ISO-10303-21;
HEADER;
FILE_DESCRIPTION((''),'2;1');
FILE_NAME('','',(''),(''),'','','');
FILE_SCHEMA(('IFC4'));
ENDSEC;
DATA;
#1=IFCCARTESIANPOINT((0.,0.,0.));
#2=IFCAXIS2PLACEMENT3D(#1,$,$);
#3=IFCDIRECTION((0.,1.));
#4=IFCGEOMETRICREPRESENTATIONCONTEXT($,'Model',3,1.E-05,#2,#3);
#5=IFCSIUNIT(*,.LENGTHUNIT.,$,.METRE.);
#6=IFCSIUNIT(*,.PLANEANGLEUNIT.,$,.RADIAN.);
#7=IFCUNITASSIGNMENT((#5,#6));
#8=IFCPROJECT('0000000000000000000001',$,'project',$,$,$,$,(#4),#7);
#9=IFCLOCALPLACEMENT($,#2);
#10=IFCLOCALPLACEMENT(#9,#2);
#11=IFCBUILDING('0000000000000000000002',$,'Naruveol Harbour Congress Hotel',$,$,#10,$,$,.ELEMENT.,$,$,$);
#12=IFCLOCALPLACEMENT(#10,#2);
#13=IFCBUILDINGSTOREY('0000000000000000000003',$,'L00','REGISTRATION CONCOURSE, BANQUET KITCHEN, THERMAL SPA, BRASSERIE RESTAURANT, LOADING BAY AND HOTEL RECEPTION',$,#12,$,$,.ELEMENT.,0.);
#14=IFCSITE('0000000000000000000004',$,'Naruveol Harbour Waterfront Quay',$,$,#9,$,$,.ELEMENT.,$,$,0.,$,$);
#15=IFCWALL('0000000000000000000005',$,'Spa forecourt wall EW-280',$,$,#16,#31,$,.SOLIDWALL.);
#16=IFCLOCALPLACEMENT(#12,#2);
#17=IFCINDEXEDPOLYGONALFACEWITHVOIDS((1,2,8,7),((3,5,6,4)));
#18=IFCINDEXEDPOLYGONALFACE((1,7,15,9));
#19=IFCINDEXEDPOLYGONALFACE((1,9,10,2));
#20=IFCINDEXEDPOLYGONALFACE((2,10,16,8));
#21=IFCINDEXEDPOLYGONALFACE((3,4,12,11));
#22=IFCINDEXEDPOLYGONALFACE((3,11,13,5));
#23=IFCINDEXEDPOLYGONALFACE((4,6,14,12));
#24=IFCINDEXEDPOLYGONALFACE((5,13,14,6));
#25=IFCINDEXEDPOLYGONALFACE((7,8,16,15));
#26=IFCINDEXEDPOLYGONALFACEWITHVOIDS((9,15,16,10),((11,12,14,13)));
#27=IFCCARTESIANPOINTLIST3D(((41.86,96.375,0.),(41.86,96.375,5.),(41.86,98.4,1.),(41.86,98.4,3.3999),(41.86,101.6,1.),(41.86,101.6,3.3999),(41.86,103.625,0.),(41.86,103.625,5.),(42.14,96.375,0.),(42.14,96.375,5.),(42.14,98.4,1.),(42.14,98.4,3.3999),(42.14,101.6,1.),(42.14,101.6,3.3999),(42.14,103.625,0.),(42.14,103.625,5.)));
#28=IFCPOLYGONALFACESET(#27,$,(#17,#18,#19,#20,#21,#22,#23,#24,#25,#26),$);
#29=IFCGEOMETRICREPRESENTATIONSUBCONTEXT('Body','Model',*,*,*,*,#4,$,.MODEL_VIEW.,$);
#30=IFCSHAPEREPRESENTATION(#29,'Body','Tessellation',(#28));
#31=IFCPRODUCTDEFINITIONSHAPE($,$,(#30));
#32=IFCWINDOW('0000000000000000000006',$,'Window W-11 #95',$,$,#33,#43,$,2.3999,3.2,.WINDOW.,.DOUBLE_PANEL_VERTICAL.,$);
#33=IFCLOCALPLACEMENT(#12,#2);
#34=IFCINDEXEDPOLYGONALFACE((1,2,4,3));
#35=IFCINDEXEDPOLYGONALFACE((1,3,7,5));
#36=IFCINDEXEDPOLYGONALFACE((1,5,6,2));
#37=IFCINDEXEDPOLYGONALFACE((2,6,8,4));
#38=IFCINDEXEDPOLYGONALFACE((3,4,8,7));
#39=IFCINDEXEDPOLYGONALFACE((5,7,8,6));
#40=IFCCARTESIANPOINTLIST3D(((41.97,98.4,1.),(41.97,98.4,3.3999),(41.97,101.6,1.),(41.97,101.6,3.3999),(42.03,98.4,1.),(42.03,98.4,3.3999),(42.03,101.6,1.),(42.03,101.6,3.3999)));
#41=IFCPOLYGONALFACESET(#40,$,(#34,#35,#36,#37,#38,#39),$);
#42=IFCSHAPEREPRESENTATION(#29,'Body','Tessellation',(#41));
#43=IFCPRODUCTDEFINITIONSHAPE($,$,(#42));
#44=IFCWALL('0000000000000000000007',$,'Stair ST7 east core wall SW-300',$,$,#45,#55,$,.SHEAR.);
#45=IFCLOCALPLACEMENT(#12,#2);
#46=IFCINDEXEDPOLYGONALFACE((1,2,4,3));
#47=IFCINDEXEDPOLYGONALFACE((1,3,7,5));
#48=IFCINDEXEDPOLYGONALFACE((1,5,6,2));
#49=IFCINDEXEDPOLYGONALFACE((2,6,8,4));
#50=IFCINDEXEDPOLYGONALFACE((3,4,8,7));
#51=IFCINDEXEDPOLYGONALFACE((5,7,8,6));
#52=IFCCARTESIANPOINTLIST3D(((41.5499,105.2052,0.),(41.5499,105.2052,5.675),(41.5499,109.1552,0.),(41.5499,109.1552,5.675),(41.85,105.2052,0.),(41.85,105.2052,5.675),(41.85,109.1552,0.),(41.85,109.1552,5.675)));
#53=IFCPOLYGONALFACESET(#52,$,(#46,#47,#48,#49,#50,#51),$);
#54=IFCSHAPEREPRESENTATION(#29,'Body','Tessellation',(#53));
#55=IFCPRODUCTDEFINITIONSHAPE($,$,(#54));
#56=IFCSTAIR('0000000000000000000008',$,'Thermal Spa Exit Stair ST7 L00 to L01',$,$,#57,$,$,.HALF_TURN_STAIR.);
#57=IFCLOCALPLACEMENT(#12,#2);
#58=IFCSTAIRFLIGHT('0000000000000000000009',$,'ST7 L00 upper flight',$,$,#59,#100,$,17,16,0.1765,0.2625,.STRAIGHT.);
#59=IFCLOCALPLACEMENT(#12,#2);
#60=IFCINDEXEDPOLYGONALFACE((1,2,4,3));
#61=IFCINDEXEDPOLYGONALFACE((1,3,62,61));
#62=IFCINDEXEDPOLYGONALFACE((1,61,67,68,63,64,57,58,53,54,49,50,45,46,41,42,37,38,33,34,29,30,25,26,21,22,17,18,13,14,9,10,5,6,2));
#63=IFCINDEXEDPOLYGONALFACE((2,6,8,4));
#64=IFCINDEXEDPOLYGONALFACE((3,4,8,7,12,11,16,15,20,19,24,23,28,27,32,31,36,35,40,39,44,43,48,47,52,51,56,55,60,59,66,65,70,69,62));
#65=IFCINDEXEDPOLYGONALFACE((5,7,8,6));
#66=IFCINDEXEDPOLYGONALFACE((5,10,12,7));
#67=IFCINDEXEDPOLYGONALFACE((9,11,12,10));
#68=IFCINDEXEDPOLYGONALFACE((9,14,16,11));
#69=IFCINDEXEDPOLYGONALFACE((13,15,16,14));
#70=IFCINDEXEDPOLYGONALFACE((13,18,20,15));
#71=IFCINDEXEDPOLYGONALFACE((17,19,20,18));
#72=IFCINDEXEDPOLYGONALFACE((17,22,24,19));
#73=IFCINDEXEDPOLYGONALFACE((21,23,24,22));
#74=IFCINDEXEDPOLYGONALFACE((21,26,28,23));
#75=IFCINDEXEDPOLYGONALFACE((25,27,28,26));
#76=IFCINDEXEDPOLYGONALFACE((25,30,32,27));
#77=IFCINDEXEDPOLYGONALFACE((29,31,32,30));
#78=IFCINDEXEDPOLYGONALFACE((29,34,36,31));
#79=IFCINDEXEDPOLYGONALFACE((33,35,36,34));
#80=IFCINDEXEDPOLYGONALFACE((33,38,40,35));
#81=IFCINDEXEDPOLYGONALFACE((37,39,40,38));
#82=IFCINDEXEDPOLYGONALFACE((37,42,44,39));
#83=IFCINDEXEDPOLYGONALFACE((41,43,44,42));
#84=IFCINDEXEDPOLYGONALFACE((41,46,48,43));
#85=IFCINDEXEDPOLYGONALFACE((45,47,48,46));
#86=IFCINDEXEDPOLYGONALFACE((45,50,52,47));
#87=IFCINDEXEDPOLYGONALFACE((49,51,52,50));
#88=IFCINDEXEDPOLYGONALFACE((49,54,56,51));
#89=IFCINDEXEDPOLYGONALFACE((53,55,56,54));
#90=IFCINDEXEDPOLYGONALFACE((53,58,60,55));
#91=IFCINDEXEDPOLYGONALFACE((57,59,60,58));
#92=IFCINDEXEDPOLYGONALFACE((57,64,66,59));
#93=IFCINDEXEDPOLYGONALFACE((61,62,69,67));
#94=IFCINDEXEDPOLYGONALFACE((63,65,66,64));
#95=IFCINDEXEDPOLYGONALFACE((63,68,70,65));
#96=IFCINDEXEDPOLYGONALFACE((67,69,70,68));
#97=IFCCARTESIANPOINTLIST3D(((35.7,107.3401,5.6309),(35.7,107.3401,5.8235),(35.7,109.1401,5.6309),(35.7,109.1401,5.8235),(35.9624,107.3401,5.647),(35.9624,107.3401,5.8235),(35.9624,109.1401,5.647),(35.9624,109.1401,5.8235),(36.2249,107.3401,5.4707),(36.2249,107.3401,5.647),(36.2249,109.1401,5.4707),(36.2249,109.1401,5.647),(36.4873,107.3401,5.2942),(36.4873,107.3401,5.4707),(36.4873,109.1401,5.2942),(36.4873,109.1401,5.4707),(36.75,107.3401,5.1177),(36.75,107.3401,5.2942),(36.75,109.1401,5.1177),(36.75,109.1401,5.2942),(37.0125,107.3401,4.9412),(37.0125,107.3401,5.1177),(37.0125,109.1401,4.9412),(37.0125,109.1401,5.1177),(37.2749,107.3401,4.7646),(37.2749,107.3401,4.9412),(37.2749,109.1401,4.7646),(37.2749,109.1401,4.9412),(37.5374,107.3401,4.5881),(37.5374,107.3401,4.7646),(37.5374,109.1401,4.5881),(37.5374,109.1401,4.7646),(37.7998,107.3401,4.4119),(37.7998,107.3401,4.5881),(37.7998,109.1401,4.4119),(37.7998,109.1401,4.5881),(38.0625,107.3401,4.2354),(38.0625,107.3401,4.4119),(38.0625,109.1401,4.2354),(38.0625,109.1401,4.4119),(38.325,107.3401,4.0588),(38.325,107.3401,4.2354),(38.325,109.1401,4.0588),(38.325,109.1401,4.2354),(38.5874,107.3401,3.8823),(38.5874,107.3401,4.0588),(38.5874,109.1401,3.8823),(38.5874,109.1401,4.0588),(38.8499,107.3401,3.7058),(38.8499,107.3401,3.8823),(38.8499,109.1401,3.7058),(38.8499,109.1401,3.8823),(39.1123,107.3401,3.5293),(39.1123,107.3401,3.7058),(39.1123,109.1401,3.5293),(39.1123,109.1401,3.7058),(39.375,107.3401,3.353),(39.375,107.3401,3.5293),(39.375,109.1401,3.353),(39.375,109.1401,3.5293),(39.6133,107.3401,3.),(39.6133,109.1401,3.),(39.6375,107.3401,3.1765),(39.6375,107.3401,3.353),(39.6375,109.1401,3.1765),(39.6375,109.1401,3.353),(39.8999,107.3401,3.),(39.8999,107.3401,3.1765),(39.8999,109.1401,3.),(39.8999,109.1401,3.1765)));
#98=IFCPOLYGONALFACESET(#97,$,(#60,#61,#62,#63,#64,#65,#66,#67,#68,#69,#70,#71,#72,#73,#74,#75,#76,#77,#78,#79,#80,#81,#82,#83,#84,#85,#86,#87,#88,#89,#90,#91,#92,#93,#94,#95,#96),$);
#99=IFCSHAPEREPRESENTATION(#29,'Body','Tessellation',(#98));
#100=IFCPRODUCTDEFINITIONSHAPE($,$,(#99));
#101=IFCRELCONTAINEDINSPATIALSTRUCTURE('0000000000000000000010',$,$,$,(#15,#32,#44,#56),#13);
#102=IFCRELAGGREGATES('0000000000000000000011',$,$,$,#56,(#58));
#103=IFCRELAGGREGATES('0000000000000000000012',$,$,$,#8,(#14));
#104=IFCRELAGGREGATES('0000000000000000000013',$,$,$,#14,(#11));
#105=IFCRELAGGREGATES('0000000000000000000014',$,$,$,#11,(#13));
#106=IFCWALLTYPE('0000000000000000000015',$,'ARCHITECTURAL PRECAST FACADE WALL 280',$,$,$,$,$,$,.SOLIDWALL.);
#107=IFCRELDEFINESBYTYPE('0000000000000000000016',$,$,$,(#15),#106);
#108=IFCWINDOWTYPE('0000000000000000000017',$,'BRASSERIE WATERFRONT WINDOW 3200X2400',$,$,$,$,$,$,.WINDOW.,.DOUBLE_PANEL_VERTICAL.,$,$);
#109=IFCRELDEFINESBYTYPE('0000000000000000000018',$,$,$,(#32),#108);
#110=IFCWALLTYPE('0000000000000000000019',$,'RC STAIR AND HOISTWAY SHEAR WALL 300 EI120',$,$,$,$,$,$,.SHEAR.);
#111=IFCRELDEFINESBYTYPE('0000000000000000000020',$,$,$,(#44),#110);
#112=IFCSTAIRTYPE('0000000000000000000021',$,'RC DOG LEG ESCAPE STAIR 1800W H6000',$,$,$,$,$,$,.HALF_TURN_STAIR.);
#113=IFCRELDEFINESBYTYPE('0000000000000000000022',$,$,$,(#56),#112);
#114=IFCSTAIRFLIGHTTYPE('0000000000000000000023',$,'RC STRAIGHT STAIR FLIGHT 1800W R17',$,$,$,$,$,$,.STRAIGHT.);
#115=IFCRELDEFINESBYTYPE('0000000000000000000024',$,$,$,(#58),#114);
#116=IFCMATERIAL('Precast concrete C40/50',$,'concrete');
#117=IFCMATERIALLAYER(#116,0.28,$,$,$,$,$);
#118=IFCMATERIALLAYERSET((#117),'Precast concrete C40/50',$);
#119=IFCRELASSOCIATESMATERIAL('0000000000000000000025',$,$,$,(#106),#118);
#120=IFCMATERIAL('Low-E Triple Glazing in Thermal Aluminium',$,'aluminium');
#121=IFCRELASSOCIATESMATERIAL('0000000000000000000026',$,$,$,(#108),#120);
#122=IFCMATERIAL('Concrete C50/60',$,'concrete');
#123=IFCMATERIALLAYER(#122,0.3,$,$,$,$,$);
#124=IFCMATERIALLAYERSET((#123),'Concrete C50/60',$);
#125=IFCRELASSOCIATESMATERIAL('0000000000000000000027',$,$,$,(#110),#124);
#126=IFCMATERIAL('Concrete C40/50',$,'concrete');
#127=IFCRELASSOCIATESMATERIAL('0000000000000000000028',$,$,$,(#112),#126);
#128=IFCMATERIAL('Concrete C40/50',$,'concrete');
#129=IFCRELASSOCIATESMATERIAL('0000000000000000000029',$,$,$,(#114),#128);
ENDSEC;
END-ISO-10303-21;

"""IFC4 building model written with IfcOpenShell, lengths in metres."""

from ifc_helpers import new_model, si_unit, direction, frame, frame_2d, origin, place, context, subcontext, project, spatial, polyline, rectangle, outline, extrude, material, layer, layer_set, type_object, element, fill, aggregate, save


model = new_model("IFC4")

# Units and contexts
model_context = context("Model", 3, precision=1e-05, world=origin(), true_north=direction((0.0, 1.0)))
body_context = subcontext(model_context, "Body", "Model", "MODEL_VIEW")
ifc_project = project(units=[si_unit("LENGTHUNIT", "METRE"), si_unit("PLANEANGLEUNIT", "RADIAN")], contexts=[model_context])

# Site, building, storey
site_placement = place(None, origin())
site = spatial("IfcSite", under=ifc_project, at=site_placement, Name="Naruveol Harbour Waterfront Quay", CompositionType="ELEMENT", RefElevation=0.0)
building_placement = place(site_placement, origin())
building = spatial("IfcBuilding", under=site, at=building_placement, Name="Naruveol Harbour Congress Hotel", CompositionType="ELEMENT")
storey_placement = place(building_placement, origin())
storey = spatial("IfcBuildingStorey", under=building, at=storey_placement, Name="L00", Description="REGISTRATION CONCOURSE, BANQUET KITCHEN, THERMAL SPA, BRASSERIE RESTAURANT, LOADING BAY AND HOTEL RECEPTION", CompositionType="ELEMENT", Elevation=0.0)

# Wall, opening, window
ifc_material_1 = material(Name="Precast concrete C40/50", Category="concrete")
ifc_layer_1 = layer(ifc_material_1, 0.28)
ifc_layer_set_1 = layer_set([ifc_layer_1], Name="Precast concrete C40/50")
wall_type_1 = type_object("IfcWallType", Name="ARCHITECTURAL PRECAST FACADE WALL 280", PredefinedType="SOLIDWALL", material=ifc_layer_set_1)
wall_1_placement = place(storey_placement, frame((42.0, 103.625, 0.0), z_axis=(0.0, 0.0, 1.0), x_axis=(0.0, -1.0, 0.0)))
wall_1 = element("IfcWall", 1, at=wall_1_placement, inside=storey, type_object=wall_type_1, Name="Spa forecourt wall EW-280", PredefinedType="SOLIDWALL", context=body_context, shape_type="SweptSolid", body=[
    extrude(rectangle(XDim=7.25, YDim=0.28, at=frame_2d((3.625, 0.0))), origin(), (0.0, 0.0, 1.0), 5.0),
])
opening_1_placement = place(wall_1_placement, frame((2.0249, 0.0, 1.0)))
opening_1 = element("IfcOpeningElement", 2, at=opening_1_placement, cuts=wall_1, PredefinedType="OPENING", context=body_context, shape_type="SweptSolid", body=[
    extrude(rectangle(XDim=3.2, YDim=2.3999, at=frame_2d((1.6001, 1.2))), frame((0.0, 0.1499, 0.0), z_axis=(0.0, -1.0, 0.0), x_axis=(1.0, 0.0, 0.0)), (0.0, 0.0, 1.0), 0.3),
])
ifc_material_2 = material(Name="Low-E Triple Glazing in Thermal Aluminium", Category="aluminium")
window_type_1 = type_object("IfcWindowType", Name="BRASSERIE WATERFRONT WINDOW 3200X2400", PartitioningType="DOUBLE_PANEL_VERTICAL", PredefinedType="WINDOW", material=ifc_material_2)
window_1_placement = place(opening_1_placement, origin())
window_1 = element("IfcWindow", 3, at=window_1_placement, inside=storey, type_object=window_type_1, Name="Window W-11 #95", OverallHeight=2.3999, OverallWidth=3.2, PartitioningType="DOUBLE_PANEL_VERTICAL", PredefinedType="WINDOW", context=body_context, shape_type="SweptSolid", body=[
    extrude(rectangle(XDim=3.2, YDim=2.3999, at=frame_2d((1.6001, 1.2))), frame((0.0, 0.03, 0.0), z_axis=(0.0, -1.0, 0.0), x_axis=(1.0, 0.0, 0.0)), (0.0, 0.0, 1.0), 0.0601),
])
fill(opening_1, window_1)

# Wall
ifc_material_3 = material(Name="Concrete C50/60", Category="concrete")
ifc_layer_2 = layer(ifc_material_3, 0.3)
ifc_layer_set_2 = layer_set([ifc_layer_2], Name="Concrete C50/60")
wall_type_2 = type_object("IfcWallType", Name="RC STAIR AND HOISTWAY SHEAR WALL 300 EI120", PredefinedType="SHEAR", material=ifc_layer_set_2)
wall_2_placement = place(storey_placement, frame((41.7, 105.2051, 0.0), z_axis=(0.0, 0.0, 1.0), x_axis=(0.0, 1.0, 0.0)))
element("IfcWall", 4, at=wall_2_placement, inside=storey, type_object=wall_type_2, Name="Stair ST7 east core wall SW-300", PredefinedType="SHEAR", context=body_context, shape_type="SweptSolid", body=[
    extrude(rectangle(XDim=3.95, YDim=0.3, at=frame_2d((1.9751, 0.0))), origin(), (0.0, 0.0, 1.0), 5.675),
])

# Stair, stair flight
ifc_material_4 = material(Name="Concrete C40/50", Category="concrete")
stair_type = type_object("IfcStairType", Name="RC DOG LEG ESCAPE STAIR 1800W H6000", PredefinedType="HALF_TURN_STAIR", material=ifc_material_4)
stair_placement = place(storey_placement, origin())
stair = element("IfcStair", 5, at=stair_placement, inside=storey, type_object=stair_type, Name="Thermal Spa Exit Stair ST7 L00 to L01", PredefinedType="HALF_TURN_STAIR")
ifc_material_5 = material(Name="Concrete C40/50", Category="concrete")
stair_flight_type = type_object("IfcStairFlightType", Name="RC STRAIGHT STAIR FLIGHT 1800W R17", PredefinedType="STRAIGHT", material=ifc_material_5)
stair_flight_placement = place(storey_placement, frame((39.8999, 108.24, 3.0), z_axis=(0.0, 0.0, 1.0), x_axis=(-1.0, 0.0, 0.0)))
stair_flight = element("IfcStairFlight", 6, at=stair_flight_placement, type_object=stair_flight_type, Name="ST7 L00 upper flight", NumberOfRisers=17, NumberOfTreads=16, PredefinedType="STRAIGHT", RiserHeight=0.1765, TreadLength=0.2625, context=body_context, shape_type="SweptSolid", body=[
    extrude(outline(polyline([(0.0, 0.0), (0.0, 0.1765), (0.2625, 0.1765), (0.2625, 0.353), (0.5249, 0.353), (0.5249, 0.5293), (0.7876, 0.5293), (0.7876, 0.7058), (1.05, 0.7058), (1.05, 0.8823), (1.3125, 0.8823), (1.3125, 1.0588), (1.575, 1.0588), (1.575, 1.2354), (1.8374, 1.2354), (1.8374, 1.4119), (2.1001, 1.4119), (2.1001, 1.5881), (2.3625, 1.5881), (2.3625, 1.7646), (2.625, 1.7646), (2.625, 1.9412), (2.8875, 1.9412), (2.8875, 2.1177), (3.1499, 2.1177), (3.1499, 2.2942), (3.4126, 2.2942), (3.4126, 2.4707), (3.675, 2.4707), (3.675, 2.647), (3.9375, 2.647), (3.9375, 2.8235), (4.2, 2.8235), (4.2, 3.0), (4.2, 2.6309), (0.2866, 0.0), (0.0, 0.0)])), frame((0.0, 0.8999, 0.0), z_axis=(0.0, -1.0, 0.0), x_axis=(1.0, 0.0, 0.0)), (0.0, 0.0, 1.0), 1.8),
])
aggregate(stair, [stair_flight])

save(model, "model.ifc")
